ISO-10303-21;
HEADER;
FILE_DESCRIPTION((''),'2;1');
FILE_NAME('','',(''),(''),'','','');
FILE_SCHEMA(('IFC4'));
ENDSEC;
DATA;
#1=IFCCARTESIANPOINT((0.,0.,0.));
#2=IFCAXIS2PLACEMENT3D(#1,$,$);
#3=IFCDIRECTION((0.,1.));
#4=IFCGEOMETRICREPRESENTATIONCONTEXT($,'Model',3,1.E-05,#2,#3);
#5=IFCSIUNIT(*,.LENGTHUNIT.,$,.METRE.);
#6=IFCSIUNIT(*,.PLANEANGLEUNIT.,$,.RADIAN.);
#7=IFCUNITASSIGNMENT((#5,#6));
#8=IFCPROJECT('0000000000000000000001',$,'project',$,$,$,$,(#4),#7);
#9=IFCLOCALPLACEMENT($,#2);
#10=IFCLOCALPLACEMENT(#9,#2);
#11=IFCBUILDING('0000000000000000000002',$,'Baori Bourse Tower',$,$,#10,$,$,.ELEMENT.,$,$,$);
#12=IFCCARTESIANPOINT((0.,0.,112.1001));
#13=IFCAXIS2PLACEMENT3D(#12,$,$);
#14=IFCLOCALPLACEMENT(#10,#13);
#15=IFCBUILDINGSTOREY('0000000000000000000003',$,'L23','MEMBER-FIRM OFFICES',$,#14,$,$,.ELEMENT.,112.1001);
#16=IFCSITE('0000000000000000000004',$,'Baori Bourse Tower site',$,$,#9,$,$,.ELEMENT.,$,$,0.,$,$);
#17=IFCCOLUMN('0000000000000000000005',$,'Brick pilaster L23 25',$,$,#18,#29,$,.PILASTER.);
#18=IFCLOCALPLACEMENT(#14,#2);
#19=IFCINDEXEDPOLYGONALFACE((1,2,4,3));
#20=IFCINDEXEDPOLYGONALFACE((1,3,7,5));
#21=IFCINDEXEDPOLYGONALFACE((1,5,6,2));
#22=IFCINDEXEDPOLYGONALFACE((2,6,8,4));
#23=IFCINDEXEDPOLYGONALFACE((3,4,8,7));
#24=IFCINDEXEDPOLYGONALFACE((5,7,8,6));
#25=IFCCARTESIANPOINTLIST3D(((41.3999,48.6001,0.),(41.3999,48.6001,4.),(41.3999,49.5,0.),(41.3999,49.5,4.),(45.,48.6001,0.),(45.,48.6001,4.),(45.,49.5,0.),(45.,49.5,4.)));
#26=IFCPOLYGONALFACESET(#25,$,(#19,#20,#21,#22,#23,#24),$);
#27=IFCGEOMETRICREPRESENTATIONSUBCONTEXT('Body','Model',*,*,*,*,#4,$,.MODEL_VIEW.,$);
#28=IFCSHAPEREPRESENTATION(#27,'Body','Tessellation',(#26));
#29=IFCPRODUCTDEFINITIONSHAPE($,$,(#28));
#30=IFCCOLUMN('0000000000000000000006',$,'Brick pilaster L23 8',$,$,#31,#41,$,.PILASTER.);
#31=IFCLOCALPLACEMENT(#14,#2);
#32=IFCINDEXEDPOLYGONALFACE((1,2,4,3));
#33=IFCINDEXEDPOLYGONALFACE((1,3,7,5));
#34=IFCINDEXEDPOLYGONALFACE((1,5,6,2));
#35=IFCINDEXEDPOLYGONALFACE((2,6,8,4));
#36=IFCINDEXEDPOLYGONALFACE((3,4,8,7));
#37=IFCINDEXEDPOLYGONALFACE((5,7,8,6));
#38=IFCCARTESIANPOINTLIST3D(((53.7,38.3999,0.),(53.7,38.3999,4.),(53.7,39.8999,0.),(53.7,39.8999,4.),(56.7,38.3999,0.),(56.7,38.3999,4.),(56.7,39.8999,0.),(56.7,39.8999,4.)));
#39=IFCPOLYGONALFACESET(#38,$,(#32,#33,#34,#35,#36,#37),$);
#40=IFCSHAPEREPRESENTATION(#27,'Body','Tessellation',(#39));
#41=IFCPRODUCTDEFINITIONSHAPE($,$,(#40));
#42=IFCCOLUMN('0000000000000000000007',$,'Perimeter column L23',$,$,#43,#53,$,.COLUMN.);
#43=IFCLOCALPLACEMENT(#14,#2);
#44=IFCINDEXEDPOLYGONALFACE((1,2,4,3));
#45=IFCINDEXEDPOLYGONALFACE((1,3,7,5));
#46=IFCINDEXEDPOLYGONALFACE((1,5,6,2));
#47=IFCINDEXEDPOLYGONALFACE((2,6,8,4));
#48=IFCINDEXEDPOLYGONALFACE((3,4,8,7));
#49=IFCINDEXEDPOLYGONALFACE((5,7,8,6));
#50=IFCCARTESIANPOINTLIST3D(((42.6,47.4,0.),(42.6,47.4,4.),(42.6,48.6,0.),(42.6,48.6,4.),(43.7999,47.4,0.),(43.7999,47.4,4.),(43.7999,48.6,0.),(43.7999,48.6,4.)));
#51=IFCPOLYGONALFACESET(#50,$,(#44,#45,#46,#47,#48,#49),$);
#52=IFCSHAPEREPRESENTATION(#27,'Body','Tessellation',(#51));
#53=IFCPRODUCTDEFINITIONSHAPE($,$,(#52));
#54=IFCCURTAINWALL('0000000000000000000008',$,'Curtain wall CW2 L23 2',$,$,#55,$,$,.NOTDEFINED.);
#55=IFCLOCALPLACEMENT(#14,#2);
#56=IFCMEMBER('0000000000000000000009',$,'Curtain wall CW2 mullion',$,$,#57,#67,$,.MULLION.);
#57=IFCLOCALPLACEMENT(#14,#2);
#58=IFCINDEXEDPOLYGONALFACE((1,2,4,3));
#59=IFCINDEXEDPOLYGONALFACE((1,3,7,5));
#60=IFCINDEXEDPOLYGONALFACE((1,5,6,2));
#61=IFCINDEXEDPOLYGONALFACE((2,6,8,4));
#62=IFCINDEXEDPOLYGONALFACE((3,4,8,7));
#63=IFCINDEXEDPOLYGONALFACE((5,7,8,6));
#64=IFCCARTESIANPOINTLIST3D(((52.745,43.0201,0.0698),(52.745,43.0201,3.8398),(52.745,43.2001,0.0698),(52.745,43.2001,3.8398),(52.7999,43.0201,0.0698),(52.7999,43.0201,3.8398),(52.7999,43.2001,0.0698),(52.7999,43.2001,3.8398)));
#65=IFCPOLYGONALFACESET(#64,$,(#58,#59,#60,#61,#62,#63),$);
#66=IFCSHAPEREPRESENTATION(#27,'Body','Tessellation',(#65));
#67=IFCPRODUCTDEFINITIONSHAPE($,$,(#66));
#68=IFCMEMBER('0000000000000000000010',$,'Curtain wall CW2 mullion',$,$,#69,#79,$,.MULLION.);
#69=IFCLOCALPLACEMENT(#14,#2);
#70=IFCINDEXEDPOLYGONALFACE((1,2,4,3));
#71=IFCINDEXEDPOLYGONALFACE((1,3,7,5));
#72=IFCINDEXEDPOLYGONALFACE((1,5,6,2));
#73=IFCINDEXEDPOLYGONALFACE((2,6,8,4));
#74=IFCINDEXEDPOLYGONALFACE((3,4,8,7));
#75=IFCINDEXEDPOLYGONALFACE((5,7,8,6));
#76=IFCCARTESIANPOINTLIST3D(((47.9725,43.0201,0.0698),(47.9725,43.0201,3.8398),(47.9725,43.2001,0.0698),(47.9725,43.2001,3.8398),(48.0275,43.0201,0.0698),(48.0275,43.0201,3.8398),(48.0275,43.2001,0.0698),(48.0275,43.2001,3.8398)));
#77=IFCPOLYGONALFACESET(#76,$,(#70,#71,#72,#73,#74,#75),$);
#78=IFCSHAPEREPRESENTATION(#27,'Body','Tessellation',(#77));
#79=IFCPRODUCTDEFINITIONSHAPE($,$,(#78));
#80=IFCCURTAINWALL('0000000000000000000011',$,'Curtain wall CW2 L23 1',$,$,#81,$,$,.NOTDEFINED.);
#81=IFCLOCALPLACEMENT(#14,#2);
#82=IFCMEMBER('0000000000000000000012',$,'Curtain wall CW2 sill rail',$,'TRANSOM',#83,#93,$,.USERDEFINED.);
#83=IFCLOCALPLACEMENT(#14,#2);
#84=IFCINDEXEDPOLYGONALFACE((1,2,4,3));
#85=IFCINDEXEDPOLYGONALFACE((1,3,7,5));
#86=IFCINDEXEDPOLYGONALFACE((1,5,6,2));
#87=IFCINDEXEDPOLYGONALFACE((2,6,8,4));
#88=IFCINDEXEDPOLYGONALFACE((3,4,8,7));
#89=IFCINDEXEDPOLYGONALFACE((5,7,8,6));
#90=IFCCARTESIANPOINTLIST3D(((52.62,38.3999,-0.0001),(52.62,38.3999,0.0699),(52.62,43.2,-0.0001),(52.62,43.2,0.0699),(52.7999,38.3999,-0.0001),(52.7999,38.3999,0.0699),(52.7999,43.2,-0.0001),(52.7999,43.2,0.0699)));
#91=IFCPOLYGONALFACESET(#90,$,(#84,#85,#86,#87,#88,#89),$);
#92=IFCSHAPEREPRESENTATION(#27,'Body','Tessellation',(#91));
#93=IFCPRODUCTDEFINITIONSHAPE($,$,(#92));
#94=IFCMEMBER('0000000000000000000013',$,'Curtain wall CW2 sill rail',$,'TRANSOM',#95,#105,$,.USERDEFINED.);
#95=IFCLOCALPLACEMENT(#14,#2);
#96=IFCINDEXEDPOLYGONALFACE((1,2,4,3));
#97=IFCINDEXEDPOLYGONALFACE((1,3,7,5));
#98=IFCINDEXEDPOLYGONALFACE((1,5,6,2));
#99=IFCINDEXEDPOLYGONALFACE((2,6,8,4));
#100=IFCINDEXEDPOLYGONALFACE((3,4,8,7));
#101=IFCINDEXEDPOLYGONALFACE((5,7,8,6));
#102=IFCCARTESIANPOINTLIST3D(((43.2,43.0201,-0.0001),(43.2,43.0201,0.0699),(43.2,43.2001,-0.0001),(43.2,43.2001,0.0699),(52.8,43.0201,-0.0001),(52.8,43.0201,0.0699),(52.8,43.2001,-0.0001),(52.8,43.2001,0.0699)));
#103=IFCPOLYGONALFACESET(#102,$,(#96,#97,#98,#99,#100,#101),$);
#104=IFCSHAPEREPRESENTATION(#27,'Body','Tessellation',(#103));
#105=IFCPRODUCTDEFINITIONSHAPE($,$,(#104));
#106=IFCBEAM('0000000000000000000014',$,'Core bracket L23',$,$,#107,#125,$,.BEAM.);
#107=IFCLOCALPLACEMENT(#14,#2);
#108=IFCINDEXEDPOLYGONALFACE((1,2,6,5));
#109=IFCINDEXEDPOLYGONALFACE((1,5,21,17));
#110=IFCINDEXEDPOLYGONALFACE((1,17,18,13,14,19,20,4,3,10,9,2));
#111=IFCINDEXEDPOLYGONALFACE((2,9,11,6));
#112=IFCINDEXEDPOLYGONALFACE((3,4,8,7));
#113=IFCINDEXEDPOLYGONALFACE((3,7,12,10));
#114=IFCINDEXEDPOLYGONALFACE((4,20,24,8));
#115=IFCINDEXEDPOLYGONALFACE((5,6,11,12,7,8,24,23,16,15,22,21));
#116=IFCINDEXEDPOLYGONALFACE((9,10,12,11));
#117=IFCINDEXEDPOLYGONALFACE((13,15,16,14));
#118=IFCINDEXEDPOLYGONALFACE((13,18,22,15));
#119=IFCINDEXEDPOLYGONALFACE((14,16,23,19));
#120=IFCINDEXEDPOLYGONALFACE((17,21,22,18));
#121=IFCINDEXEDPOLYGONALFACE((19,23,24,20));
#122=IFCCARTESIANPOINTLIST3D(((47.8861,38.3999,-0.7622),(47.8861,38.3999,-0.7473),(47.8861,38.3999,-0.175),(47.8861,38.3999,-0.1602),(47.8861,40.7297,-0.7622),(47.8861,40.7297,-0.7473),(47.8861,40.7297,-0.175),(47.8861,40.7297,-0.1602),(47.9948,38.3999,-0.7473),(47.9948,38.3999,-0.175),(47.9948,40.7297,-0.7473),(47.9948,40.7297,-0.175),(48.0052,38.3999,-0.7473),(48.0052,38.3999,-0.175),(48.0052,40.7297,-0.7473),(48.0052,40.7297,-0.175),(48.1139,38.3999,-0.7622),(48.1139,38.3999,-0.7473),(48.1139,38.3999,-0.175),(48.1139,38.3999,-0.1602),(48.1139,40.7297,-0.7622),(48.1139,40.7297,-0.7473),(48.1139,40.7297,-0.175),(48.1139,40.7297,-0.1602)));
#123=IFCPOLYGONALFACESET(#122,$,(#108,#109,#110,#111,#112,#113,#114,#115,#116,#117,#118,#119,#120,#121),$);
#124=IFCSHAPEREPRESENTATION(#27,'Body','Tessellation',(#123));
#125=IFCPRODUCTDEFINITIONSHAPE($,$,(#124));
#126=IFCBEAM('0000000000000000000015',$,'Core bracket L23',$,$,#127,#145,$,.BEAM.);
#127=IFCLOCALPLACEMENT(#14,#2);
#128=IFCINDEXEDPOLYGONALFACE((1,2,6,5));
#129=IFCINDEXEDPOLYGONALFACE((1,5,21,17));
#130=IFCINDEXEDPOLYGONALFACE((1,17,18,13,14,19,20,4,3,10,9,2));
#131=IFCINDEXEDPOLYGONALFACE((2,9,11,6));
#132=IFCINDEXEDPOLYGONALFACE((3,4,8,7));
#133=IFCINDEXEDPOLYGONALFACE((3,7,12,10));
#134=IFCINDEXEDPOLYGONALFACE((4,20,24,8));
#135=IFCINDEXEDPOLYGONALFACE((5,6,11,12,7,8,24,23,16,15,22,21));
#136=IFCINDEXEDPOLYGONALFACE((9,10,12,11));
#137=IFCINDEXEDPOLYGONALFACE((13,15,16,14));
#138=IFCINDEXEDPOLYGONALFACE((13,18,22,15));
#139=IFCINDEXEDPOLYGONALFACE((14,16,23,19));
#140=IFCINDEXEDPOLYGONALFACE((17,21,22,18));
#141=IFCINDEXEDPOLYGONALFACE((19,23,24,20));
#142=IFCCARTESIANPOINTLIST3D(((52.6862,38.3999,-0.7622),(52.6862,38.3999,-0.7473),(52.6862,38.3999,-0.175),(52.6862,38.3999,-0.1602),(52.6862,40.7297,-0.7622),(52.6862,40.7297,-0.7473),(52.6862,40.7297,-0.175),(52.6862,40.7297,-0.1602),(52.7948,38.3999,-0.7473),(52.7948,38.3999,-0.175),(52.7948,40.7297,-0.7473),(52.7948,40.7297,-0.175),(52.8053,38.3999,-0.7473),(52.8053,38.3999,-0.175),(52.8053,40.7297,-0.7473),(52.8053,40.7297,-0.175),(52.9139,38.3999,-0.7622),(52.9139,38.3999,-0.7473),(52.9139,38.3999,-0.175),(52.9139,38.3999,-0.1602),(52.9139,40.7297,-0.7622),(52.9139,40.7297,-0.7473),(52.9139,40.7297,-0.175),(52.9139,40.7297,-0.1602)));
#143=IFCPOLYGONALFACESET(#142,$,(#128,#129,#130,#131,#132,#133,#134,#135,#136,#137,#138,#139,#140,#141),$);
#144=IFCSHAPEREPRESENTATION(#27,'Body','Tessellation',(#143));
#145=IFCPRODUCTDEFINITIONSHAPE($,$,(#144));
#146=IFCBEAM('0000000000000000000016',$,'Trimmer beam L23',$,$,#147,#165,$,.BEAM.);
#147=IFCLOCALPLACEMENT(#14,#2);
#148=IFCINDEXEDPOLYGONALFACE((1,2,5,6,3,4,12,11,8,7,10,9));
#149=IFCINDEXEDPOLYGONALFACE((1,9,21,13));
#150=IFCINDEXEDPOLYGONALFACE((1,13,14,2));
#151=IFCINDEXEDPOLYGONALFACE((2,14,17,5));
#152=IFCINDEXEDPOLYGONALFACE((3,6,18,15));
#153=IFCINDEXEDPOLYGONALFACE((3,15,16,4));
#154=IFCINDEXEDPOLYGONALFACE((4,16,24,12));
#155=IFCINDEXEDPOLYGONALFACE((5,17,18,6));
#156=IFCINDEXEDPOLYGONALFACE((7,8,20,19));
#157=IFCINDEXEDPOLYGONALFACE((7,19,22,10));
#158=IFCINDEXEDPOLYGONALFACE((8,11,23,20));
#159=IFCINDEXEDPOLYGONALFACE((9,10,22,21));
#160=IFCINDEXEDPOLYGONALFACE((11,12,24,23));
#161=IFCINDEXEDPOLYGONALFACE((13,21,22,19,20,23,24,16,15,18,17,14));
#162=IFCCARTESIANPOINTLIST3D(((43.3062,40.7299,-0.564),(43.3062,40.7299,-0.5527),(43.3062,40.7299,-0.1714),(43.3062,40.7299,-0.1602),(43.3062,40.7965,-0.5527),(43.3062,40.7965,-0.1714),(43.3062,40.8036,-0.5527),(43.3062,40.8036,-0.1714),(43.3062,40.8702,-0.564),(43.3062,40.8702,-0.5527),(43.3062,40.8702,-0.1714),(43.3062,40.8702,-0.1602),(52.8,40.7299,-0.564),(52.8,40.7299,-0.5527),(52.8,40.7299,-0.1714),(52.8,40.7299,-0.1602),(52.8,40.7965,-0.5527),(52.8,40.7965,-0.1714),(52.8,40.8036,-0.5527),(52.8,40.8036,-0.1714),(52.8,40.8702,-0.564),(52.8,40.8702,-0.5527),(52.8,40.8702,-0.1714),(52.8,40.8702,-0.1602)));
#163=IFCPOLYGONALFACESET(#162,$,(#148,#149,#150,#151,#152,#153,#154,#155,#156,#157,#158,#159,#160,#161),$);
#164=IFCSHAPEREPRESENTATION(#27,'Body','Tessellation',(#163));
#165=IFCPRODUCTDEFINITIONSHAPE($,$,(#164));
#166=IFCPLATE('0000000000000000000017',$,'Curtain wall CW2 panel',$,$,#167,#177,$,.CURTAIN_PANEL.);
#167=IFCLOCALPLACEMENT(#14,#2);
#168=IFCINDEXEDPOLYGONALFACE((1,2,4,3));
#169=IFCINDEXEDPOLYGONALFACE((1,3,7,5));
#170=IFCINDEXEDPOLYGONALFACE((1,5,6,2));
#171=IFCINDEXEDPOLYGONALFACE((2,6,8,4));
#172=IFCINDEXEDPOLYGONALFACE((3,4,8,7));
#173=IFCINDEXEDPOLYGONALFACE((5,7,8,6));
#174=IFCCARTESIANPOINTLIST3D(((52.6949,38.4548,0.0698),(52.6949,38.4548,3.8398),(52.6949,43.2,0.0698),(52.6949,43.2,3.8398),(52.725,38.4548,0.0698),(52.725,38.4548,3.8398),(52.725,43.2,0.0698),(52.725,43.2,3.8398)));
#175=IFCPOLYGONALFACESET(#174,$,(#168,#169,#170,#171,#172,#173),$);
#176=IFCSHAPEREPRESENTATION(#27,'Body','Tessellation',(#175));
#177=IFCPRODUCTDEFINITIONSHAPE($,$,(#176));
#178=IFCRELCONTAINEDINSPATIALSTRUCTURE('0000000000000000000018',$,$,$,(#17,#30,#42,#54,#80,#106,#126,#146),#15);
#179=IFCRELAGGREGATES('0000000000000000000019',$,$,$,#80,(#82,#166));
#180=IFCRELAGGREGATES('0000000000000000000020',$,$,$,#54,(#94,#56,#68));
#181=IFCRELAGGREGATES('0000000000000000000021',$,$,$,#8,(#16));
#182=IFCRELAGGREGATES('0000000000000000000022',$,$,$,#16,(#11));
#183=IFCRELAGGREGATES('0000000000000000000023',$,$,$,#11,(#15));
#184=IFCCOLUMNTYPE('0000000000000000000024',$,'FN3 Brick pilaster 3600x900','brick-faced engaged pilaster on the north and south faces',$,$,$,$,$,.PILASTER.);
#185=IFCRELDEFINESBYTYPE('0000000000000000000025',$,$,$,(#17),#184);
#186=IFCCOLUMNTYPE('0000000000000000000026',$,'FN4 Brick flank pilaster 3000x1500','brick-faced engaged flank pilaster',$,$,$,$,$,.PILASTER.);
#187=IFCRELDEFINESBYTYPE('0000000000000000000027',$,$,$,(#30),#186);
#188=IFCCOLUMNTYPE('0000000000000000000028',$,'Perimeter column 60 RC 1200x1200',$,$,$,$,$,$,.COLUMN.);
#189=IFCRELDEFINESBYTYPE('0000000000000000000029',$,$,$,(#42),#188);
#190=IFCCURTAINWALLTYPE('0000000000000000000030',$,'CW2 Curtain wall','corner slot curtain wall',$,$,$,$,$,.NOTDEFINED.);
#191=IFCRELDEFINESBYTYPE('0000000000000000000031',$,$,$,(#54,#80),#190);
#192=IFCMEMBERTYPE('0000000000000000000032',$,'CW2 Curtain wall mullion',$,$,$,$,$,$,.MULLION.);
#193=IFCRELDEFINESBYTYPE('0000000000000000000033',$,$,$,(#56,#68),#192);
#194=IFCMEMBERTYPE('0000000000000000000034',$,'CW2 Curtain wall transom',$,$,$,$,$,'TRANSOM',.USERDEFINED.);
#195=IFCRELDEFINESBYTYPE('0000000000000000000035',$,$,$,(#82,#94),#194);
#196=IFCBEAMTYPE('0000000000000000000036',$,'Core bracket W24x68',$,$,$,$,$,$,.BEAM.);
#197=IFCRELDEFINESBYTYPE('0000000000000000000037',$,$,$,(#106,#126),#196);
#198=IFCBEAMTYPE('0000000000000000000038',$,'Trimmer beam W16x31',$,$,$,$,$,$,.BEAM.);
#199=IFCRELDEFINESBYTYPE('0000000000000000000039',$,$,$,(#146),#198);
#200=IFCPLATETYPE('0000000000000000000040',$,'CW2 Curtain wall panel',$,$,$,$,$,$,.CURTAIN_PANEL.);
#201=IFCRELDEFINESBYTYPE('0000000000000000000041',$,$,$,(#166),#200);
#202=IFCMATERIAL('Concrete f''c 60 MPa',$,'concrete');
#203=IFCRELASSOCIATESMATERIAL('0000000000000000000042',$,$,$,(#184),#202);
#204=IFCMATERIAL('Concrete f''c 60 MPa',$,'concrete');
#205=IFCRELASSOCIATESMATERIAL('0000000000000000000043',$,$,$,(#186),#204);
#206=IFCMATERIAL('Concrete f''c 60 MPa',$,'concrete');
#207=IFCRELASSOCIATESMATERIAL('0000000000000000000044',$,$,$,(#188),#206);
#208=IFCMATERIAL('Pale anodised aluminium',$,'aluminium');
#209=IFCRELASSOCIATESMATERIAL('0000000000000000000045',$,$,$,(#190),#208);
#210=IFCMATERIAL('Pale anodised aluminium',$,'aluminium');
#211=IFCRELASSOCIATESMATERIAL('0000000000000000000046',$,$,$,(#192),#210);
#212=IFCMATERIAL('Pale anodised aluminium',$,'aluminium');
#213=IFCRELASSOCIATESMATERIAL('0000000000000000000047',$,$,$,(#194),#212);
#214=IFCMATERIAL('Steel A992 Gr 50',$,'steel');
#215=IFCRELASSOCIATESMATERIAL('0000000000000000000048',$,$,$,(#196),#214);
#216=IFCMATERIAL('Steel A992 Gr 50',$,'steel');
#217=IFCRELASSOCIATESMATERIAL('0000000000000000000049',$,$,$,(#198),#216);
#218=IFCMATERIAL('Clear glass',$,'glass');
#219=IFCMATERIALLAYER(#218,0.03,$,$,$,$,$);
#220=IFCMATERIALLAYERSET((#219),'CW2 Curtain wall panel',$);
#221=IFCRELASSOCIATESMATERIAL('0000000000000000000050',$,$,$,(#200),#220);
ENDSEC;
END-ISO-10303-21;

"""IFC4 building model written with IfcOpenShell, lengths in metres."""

from ifc_helpers import new_model, si_unit, direction, frame, origin, origin_2d, place, context, subcontext, project, spatial, rectangle, i_section, extrude, material, layer, layer_set, material_profile, profile_set, type_object, element, aggregate, save


model = new_model("IFC4")

# Units and contexts
model_context = context("Model", 3, precision=1e-05, world=origin(), true_north=direction((0.0, 1.0)))
body_context = subcontext(model_context, "Body", "Model", "MODEL_VIEW")
ifc_project = project(units=[si_unit("LENGTHUNIT", "METRE"), si_unit("PLANEANGLEUNIT", "RADIAN")], contexts=[model_context])

# Site, building, storey
site_placement = place(None, origin())
site = spatial("IfcSite", under=ifc_project, at=site_placement, Name="Baori Bourse Tower site", CompositionType="ELEMENT", RefElevation=0.0)
building_placement = place(site_placement, origin())
building = spatial("IfcBuilding", under=site, at=building_placement, Name="Baori Bourse Tower", CompositionType="ELEMENT")
storey_placement = place(building_placement, frame((0.0, 0.0, 112.1001)))
storey = spatial("IfcBuildingStorey", under=building, at=storey_placement, Name="L23", Description="MEMBER-FIRM OFFICES", CompositionType="ELEMENT", Elevation=112.1001)

# Columns
ifc_material_1 = material(Name="Concrete f'c 60 MPa", Category="concrete")
ifc_material_profile_1 = material_profile(ifc_material_1, rectangle(XDim=3.6001, YDim=0.8999, at=origin_2d()), Name="RC 3600x900")
ifc_profile_set_1 = profile_set([ifc_material_profile_1], Name="Concrete f'c 60 MPa")
column_type_1 = type_object("IfcColumnType", Name="FN3 Brick pilaster 3600x900", Description="brick-faced engaged pilaster on the north and south faces", PredefinedType="PILASTER", material=ifc_profile_set_1)
column_1_placement = place(storey_placement, frame((43.2, 49.05, 0.0), z_axis=(0.0, 0.0, 1.0), x_axis=(1.0, 0.0, 0.0)))
element("IfcColumn", 1, at=column_1_placement, inside=storey, type_object=column_type_1, Name="Brick pilaster L23 25", PredefinedType="PILASTER", context=body_context, shape_type="SweptSolid", body=[
    extrude(rectangle(XDim=3.6001, YDim=0.8999, at=origin_2d()), origin(), (0.0, 0.0, 1.0), 4.0),
])
ifc_material_2 = material(Name="Concrete f'c 60 MPa", Category="concrete")
ifc_material_profile_2 = material_profile(ifc_material_2, rectangle(XDim=3.0, YDim=1.5, at=origin_2d()), Name="RC 3000x1500")
ifc_profile_set_2 = profile_set([ifc_material_profile_2], Name="Concrete f'c 60 MPa")
column_type_2 = type_object("IfcColumnType", Name="FN4 Brick flank pilaster 3000x1500", Description="brick-faced engaged flank pilaster", PredefinedType="PILASTER", material=ifc_profile_set_2)
column_2_placement = place(storey_placement, frame((55.2, 39.1499, 0.0), z_axis=(0.0, 0.0, 1.0), x_axis=(1.0, 0.0, 0.0)))
element("IfcColumn", 2, at=column_2_placement, inside=storey, type_object=column_type_2, Name="Brick pilaster L23 8", PredefinedType="PILASTER", context=body_context, shape_type="SweptSolid", body=[
    extrude(rectangle(XDim=3.0, YDim=1.5, at=origin_2d()), origin(), (0.0, 0.0, 1.0), 4.0),
])
ifc_material_3 = material(Name="Concrete f'c 60 MPa", Category="concrete")
ifc_material_profile_3 = material_profile(ifc_material_3, rectangle(XDim=1.2, YDim=1.2, at=origin_2d()), Name="RC 1200x1200")
ifc_profile_set_3 = profile_set([ifc_material_profile_3], Name="Concrete f'c 60 MPa")
column_type_3 = type_object("IfcColumnType", Name="Perimeter column 60 RC 1200x1200", PredefinedType="COLUMN", material=ifc_profile_set_3)
column_3_placement = place(storey_placement, frame((43.2, 48.0, 0.0), z_axis=(0.0, 0.0, 1.0), x_axis=(1.0, 0.0, 0.0)))
element("IfcColumn", 3, at=column_3_placement, inside=storey, type_object=column_type_3, Name="Perimeter column L23", PredefinedType="COLUMN", context=body_context, shape_type="SweptSolid", body=[
    extrude(rectangle(XDim=1.2, YDim=1.2, at=origin_2d()), origin(), (0.0, 0.0, 1.0), 4.0),
])

# Curtain wall, members
ifc_material_4 = material(Name="Pale anodised aluminium", Category="aluminium")
curtain_wall_type = type_object("IfcCurtainWallType", Name="CW2 Curtain wall", Description="corner slot curtain wall", PredefinedType="NOTDEFINED", material=ifc_material_4)
curtain_wall_1_placement = place(storey_placement, origin())
curtain_wall_1 = element("IfcCurtainWall", 4, at=curtain_wall_1_placement, inside=storey, type_object=curtain_wall_type, Name="Curtain wall CW2 L23 2", PredefinedType="NOTDEFINED")
ifc_material_5 = material(Name="Pale anodised aluminium", Category="aluminium")
ifc_material_profile_4 = material_profile(ifc_material_5, rectangle(XDim=0.1799, YDim=0.0549, at=origin_2d()), Name="Mullion 55x180")
ifc_profile_set_4 = profile_set([ifc_material_profile_4], Name="Pale anodised aluminium")
member_type_1 = type_object("IfcMemberType", Name="CW2 Curtain wall mullion", PredefinedType="MULLION", material=ifc_profile_set_4)
member_1_placement = place(storey_placement, frame((52.7725, 43.1101, 0.0698), z_axis=(0.0, 0.0, 1.0), x_axis=(0.0, -1.0, 0.0)))
member_1 = element("IfcMember", 5, at=member_1_placement, type_object=member_type_1, Name="Curtain wall CW2 mullion", PredefinedType="MULLION", context=body_context, shape_type="SweptSolid", body=[
    extrude(rectangle(XDim=0.1799, YDim=0.0549, at=origin_2d()), origin(), (0.0, 0.0, 1.0), 3.77),
])
member_2_placement = place(storey_placement, frame((48.0, 43.1101, 0.0698), z_axis=(0.0, 0.0, 1.0), x_axis=(0.0, -1.0, 0.0)))
member_2 = element("IfcMember", 6, at=member_2_placement, type_object=member_type_1, Name="Curtain wall CW2 mullion", PredefinedType="MULLION", context=body_context, shape_type="SweptSolid", body=[
    extrude(rectangle(XDim=0.1799, YDim=0.0549, at=origin_2d()), origin(), (0.0, 0.0, 1.0), 3.77),
])

# Curtain wall, member
curtain_wall_2_placement = place(storey_placement, origin())
curtain_wall_2 = element("IfcCurtainWall", 7, at=curtain_wall_2_placement, inside=storey, type_object=curtain_wall_type, Name="Curtain wall CW2 L23 1", PredefinedType="NOTDEFINED")
ifc_material_6 = material(Name="Pale anodised aluminium", Category="aluminium")
ifc_material_profile_5 = material_profile(ifc_material_6, rectangle(XDim=0.1799, YDim=0.0701, at=origin_2d()), Name="Transom 70x180")
ifc_profile_set_5 = profile_set([ifc_material_profile_5], Name="Pale anodised aluminium")
member_type_2 = type_object("IfcMemberType", Name="CW2 Curtain wall transom", ElementType="TRANSOM", PredefinedType="USERDEFINED", material=ifc_profile_set_5)
member_3_placement = place(storey_placement, frame((52.71, 38.3999, 0.0349), z_axis=(0.0, 1.0, 0.0), x_axis=(-1.0, 0.0, 0.0)))
member_3 = element("IfcMember", 8, at=member_3_placement, type_object=member_type_2, Name="Curtain wall CW2 sill rail", ObjectType="TRANSOM", PredefinedType="USERDEFINED", context=body_context, shape_type="SweptSolid", body=[
    extrude(rectangle(XDim=0.1799, YDim=0.0701, at=origin_2d()), origin(), (0.0, 0.0, 1.0), 4.8),
])

# Member
member_4_placement = place(storey_placement, frame((52.8, 43.1101, 0.0349), z_axis=(-1.0, 0.0, 0.0), x_axis=(0.0, -1.0, 0.0)))
member_4 = element("IfcMember", 9, at=member_4_placement, type_object=member_type_2, Name="Curtain wall CW2 sill rail", ObjectType="TRANSOM", PredefinedType="USERDEFINED", context=body_context, shape_type="SweptSolid", body=[
    extrude(rectangle(XDim=0.1799, YDim=0.0701, at=origin_2d()), origin(), (0.0, 0.0, 1.0), 9.6001),
])

# Beams
ifc_material_7 = material(Name="Steel A992 Gr 50", Category="steel")
ifc_material_profile_6 = material_profile(ifc_material_7, i_section(OverallWidth=0.2278, OverallDepth=0.6021, WebThickness=0.0105, FlangeThickness=0.0149, at=origin_2d()), Name="W24x68")
ifc_profile_set_6 = profile_set([ifc_material_profile_6], Name="Steel A992 Gr 50")
beam_type_1 = type_object("IfcBeamType", Name="Core bracket W24x68", PredefinedType="BEAM", material=ifc_profile_set_6)
for number, where, z_axis, x_axis, name in (
    (10, (48.0, 38.3999, -0.4612), (0.0, 1.0, 0.0), (-1.0, 0.0, 0.0), "Core bracket L23"),
    (11, (52.8, 38.3999, -0.4612), (0.0, 1.0, 0.0), (-1.0, 0.0, 0.0), "Core bracket L23"),
):
    element("IfcBeam", number, at=place(storey_placement, frame(where, z_axis=z_axis, x_axis=x_axis)), inside=storey, type_object=beam_type_1, Name=name, PredefinedType="BEAM", context=body_context, shape_type="SweptSolid", body=[
        extrude(i_section(OverallWidth=0.2278, OverallDepth=0.6021, WebThickness=0.0105, FlangeThickness=0.0149, at=origin_2d()), origin(), (0.0, 0.0, 1.0), 2.3298),
    ])
ifc_material_8 = material(Name="Steel A992 Gr 50", Category="steel")
ifc_material_profile_7 = material_profile(ifc_material_8, i_section(OverallWidth=0.1404, OverallDepth=0.4038, WebThickness=0.0071, FlangeThickness=0.0112, at=origin_2d()), Name="W16x31")
ifc_profile_set_7 = profile_set([ifc_material_profile_7], Name="Steel A992 Gr 50")
beam_type_2 = type_object("IfcBeamType", Name="Trimmer beam W16x31", PredefinedType="BEAM", material=ifc_profile_set_7)
beam_placement = place(storey_placement, frame((43.3062, 40.8, -0.3621), z_axis=(1.0, 0.0, 0.0), x_axis=(0.0, 1.0, 0.0)))
element("IfcBeam", 12, at=beam_placement, inside=storey, type_object=beam_type_2, Name="Trimmer beam L23", PredefinedType="BEAM", context=body_context, shape_type="SweptSolid", body=[
    extrude(i_section(OverallWidth=0.1404, OverallDepth=0.4038, WebThickness=0.0071, FlangeThickness=0.0112, at=origin_2d()), origin(), (0.0, 0.0, 1.0), 9.4939),
])

# Plate
ifc_material_9 = material(Name="Clear glass", Category="glass")
ifc_layer_1 = layer(ifc_material_9, 0.03)
ifc_layer_set_1 = layer_set([ifc_layer_1], Name="CW2 Curtain wall panel")
plate_type = type_object("IfcPlateType", Name="CW2 Curtain wall panel", PredefinedType="CURTAIN_PANEL", material=ifc_layer_set_1)
plate_1_placement = place(storey_placement, frame((52.71, 40.8274, 0.0698), z_axis=(0.0, 0.0, 1.0), x_axis=(0.0, 1.0, 0.0)))
plate_1 = element("IfcPlate", 13, at=plate_1_placement, type_object=plate_type, Name="Curtain wall CW2 panel", PredefinedType="CURTAIN_PANEL", context=body_context, shape_type="SweptSolid", body=[
    extrude(rectangle(XDim=4.7451, YDim=0.03, at=origin_2d()), origin(), (0.0, 0.0, 1.0), 3.77),
])
aggregate(curtain_wall_2, [member_3, plate_1])
aggregate(curtain_wall_1, [member_4, member_1, member_2])

save(model, "model.ifc")
